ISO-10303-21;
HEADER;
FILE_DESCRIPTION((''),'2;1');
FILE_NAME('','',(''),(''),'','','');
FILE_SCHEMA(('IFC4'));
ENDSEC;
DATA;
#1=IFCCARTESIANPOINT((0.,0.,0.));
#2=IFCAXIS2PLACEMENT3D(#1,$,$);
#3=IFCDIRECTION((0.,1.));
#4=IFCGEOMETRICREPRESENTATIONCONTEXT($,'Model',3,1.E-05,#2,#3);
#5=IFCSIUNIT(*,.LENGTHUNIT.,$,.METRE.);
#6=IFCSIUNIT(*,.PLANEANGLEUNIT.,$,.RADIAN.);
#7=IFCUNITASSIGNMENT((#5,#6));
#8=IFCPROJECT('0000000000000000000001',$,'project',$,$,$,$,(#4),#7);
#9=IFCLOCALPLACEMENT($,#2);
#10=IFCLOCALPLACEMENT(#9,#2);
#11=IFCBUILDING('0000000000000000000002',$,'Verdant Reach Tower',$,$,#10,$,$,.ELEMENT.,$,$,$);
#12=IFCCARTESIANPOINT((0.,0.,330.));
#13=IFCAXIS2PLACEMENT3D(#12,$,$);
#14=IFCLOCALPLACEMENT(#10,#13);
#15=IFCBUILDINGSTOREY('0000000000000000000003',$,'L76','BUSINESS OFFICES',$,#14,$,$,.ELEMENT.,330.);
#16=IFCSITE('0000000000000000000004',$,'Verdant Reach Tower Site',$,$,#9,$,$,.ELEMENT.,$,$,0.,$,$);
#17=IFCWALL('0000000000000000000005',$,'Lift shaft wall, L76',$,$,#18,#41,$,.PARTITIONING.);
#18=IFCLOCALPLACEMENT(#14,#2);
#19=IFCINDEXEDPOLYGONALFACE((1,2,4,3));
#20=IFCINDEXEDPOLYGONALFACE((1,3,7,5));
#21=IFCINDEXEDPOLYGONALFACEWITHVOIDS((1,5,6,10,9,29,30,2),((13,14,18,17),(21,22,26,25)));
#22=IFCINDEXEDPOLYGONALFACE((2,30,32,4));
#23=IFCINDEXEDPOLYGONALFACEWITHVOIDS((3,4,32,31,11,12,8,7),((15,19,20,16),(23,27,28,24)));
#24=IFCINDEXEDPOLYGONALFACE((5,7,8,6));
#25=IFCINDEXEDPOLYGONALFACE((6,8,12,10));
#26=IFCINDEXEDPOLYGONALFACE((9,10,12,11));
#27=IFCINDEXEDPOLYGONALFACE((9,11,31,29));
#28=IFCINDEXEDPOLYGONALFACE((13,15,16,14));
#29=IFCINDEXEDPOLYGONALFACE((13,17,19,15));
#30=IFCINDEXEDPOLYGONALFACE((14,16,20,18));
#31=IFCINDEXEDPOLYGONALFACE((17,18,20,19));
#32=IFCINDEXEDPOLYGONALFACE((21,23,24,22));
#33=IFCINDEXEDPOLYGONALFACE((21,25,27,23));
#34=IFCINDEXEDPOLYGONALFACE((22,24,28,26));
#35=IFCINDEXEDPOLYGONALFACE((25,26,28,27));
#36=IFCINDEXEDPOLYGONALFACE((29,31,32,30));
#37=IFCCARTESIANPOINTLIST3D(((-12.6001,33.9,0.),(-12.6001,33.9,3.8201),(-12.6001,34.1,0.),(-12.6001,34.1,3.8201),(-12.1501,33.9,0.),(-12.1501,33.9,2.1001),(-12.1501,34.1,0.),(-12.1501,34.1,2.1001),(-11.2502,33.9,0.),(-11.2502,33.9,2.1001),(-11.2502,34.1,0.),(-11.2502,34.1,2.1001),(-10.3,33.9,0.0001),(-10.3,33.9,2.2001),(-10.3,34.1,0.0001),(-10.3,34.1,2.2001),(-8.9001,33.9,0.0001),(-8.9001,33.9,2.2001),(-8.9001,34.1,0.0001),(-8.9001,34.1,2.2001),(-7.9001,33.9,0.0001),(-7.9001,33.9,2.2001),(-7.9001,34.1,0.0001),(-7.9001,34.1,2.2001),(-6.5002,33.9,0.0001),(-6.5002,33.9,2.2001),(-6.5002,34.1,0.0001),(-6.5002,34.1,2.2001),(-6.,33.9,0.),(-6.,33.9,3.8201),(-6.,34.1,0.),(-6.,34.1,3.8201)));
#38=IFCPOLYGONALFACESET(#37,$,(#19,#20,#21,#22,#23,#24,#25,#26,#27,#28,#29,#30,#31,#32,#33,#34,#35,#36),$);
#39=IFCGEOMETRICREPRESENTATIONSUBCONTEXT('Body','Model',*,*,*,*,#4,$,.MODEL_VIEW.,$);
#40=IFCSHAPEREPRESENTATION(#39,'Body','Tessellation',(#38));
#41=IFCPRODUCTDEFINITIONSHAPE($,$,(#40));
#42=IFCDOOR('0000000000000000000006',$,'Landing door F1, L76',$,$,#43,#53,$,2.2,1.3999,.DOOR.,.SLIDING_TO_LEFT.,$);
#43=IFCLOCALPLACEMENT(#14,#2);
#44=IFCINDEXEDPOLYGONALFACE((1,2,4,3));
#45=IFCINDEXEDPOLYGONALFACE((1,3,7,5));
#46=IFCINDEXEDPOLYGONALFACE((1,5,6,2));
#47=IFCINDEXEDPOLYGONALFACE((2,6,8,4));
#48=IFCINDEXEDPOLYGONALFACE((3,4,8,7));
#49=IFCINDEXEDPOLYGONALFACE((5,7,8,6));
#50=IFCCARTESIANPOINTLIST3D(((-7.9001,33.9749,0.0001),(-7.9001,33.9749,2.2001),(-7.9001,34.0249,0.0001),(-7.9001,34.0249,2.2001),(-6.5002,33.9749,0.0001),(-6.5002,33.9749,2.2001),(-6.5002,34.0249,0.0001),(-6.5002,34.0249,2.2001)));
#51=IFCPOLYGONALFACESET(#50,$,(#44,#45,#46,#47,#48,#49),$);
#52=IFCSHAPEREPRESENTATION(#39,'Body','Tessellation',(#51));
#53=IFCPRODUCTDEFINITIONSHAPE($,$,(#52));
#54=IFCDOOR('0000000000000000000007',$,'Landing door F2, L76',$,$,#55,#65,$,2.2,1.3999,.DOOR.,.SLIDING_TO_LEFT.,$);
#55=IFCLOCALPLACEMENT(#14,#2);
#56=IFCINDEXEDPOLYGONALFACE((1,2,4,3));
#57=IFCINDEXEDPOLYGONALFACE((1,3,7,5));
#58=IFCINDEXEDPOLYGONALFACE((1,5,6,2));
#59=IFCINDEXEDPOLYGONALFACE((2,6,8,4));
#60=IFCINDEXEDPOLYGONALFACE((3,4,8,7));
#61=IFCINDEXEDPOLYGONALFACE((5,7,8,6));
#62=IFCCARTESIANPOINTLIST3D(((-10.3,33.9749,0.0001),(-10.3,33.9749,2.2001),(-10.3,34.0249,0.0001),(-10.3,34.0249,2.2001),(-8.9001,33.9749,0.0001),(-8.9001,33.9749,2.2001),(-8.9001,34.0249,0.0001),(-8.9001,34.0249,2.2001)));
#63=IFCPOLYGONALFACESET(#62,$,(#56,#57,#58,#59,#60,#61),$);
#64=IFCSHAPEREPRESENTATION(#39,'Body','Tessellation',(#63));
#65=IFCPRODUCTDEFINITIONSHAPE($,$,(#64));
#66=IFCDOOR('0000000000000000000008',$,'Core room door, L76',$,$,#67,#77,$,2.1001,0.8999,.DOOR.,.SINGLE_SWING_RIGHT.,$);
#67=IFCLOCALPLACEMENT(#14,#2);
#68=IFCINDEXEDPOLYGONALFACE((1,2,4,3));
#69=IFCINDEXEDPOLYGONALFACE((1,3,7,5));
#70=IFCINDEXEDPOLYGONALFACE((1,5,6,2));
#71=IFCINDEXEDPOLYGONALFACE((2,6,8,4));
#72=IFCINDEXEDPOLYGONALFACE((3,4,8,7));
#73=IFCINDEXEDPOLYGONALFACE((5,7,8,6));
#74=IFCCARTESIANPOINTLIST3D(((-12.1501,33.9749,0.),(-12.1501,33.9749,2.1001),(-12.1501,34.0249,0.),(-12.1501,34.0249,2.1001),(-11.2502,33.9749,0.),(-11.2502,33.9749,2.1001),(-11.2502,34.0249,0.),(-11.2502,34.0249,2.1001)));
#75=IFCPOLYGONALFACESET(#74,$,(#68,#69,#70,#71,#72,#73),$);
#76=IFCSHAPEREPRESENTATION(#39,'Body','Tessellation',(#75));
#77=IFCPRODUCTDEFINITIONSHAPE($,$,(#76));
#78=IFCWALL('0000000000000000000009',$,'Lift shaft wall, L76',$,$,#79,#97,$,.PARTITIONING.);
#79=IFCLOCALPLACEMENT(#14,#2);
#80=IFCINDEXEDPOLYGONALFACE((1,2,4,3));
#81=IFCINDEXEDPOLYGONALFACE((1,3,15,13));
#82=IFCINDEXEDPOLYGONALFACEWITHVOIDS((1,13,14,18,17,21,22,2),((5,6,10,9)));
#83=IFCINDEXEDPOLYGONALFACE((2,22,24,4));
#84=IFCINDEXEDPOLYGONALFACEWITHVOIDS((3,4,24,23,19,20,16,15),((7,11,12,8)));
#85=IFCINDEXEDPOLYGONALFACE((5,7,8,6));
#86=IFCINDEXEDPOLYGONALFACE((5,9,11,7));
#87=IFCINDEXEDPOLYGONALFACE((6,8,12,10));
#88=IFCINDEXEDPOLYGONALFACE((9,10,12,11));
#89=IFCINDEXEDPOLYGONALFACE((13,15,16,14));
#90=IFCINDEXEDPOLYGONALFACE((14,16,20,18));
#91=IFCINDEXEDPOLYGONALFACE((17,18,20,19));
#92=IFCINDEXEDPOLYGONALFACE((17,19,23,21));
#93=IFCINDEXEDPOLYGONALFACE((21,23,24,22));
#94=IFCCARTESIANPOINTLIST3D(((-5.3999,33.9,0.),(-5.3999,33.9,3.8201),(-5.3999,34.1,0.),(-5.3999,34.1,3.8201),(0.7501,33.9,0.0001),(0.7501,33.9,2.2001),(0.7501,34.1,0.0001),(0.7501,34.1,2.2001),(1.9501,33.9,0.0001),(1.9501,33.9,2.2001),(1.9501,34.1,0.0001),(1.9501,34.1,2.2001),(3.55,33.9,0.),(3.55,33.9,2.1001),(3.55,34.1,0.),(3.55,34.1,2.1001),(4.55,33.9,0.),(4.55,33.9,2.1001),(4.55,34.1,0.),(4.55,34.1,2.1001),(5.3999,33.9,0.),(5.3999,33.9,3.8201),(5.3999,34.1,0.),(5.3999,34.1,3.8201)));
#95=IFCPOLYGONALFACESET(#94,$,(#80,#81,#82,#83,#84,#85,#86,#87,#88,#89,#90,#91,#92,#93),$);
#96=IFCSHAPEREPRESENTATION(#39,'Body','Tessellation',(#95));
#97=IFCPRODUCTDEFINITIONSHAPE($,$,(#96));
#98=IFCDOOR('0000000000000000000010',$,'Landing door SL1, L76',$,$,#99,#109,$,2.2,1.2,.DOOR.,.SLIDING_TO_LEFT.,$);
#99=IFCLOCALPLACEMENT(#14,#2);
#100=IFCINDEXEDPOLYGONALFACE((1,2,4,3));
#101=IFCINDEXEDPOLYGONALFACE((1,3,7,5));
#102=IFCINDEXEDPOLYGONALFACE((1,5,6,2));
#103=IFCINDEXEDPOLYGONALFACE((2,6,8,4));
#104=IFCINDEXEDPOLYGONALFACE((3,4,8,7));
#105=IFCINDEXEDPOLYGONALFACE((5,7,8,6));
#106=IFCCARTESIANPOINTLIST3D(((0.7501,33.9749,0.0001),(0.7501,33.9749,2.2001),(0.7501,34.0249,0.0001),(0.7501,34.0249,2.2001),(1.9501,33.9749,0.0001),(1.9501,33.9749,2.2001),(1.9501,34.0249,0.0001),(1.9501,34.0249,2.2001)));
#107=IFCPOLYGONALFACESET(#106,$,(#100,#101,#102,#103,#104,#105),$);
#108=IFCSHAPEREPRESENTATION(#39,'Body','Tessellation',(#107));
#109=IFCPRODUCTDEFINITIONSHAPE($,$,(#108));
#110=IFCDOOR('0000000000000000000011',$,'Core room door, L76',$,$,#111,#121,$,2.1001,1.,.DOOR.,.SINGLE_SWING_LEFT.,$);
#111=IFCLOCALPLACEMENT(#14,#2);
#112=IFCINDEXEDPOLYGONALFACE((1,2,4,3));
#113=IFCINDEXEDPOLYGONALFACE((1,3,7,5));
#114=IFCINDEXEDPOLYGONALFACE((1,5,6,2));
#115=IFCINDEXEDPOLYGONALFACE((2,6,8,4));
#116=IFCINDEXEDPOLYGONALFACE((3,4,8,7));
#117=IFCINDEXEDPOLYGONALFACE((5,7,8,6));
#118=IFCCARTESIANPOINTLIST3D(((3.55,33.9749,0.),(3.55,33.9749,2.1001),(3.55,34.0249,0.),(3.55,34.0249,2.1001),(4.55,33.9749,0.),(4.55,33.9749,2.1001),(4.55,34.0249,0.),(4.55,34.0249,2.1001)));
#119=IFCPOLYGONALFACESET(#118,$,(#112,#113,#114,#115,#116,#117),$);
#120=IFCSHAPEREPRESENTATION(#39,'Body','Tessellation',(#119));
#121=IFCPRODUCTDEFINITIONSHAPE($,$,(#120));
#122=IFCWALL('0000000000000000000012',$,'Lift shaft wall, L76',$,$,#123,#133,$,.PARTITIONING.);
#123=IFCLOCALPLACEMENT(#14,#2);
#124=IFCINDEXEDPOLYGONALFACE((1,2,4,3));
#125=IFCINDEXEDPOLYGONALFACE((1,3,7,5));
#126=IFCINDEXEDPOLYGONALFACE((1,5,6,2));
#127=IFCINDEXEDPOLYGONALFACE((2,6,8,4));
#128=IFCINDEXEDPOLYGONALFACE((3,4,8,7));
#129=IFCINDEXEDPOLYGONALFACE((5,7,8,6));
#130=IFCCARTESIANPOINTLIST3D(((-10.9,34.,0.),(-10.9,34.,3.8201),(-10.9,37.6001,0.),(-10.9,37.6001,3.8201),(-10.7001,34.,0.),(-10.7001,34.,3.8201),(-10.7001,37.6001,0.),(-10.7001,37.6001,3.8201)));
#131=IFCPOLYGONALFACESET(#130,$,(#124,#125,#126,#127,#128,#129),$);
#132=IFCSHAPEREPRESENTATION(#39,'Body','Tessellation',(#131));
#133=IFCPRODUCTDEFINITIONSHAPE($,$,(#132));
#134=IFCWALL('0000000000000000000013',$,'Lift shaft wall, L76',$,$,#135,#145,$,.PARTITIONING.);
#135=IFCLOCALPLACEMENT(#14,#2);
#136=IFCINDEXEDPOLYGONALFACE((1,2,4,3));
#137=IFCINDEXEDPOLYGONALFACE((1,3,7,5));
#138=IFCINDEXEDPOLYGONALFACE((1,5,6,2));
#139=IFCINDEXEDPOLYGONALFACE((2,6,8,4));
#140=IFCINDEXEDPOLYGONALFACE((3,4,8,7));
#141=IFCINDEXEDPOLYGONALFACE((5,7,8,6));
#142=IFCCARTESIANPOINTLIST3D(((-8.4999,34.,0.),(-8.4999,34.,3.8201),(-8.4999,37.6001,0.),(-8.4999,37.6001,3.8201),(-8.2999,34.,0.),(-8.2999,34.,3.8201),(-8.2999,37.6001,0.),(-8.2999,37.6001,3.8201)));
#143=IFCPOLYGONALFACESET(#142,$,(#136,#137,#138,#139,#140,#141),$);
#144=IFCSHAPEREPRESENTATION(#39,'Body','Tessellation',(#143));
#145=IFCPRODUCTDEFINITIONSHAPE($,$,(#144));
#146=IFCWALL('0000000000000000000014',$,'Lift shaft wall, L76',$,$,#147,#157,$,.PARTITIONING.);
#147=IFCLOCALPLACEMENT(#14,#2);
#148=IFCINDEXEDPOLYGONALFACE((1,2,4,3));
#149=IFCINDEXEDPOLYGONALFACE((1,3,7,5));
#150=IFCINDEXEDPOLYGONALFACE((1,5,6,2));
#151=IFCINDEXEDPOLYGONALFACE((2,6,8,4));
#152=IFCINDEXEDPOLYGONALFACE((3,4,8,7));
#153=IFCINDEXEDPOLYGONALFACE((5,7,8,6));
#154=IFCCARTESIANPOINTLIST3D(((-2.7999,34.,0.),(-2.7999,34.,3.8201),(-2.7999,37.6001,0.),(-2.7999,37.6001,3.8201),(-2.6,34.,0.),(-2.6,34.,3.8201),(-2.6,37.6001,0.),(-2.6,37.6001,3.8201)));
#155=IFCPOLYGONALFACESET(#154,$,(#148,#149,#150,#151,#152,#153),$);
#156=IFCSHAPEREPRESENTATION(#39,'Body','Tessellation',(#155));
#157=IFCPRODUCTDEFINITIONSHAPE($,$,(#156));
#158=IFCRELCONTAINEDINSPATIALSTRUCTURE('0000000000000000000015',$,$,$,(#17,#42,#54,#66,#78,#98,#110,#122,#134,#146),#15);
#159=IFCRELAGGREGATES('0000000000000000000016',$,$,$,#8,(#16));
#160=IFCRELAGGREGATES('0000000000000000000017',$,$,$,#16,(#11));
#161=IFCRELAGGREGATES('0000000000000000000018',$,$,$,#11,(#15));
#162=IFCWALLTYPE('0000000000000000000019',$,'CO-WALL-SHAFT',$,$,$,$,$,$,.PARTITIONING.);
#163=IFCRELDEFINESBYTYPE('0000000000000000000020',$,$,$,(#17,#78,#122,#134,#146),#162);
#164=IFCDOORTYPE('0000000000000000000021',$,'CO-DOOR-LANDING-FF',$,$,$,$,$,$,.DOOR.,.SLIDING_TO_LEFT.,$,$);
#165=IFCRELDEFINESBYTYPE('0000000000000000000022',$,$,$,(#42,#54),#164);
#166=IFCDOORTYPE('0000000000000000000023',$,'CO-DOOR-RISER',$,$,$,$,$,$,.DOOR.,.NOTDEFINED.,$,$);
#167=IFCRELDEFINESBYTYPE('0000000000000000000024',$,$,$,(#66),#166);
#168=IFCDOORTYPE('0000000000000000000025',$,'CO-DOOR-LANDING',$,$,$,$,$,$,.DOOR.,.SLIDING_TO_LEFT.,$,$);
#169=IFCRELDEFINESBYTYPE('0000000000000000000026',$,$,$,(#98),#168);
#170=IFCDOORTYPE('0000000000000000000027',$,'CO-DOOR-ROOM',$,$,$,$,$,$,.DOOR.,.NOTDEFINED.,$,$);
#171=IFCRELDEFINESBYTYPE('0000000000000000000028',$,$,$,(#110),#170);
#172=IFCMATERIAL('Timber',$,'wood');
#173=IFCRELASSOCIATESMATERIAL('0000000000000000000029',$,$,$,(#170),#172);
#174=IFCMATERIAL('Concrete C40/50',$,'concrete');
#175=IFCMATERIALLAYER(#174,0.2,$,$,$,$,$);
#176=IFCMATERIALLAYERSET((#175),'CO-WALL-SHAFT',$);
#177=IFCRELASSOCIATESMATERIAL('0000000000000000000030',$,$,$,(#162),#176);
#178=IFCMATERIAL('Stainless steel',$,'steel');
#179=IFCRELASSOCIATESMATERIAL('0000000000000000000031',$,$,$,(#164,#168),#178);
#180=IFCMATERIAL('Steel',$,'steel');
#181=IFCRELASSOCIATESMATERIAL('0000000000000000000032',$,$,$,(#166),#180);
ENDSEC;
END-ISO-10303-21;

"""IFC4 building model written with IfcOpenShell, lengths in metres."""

from ifc_helpers import new_model, si_unit, direction, frame, frame_2d, origin, place, context, subcontext, project, spatial, rectangle, extrude, material, layer, layer_set, type_object, element, fill, save


model = new_model("IFC4")

# Units and contexts
model_context = context("Model", 3, precision=1e-05, world=origin(), true_north=direction((0.0, 1.0)))
body_context = subcontext(model_context, "Body", "Model", "MODEL_VIEW")
ifc_project = project(units=[si_unit("LENGTHUNIT", "METRE"), si_unit("PLANEANGLEUNIT", "RADIAN")], contexts=[model_context])

# Site, building, storey
site_placement = place(None, origin())
site = spatial("IfcSite", under=ifc_project, at=site_placement, Name="Verdant Reach Tower Site", CompositionType="ELEMENT", RefElevation=0.0)
building_placement = place(site_placement, origin())
building = spatial("IfcBuilding", under=site, at=building_placement, Name="Verdant Reach Tower", CompositionType="ELEMENT")
storey_placement = place(building_placement, frame((0.0, 0.0, 330.0)))
storey = spatial("IfcBuildingStorey", under=building, at=storey_placement, Name="L76", Description="BUSINESS OFFICES", CompositionType="ELEMENT", Elevation=330.0)

# Walls, openings, doors
ifc_material_1 = material(Name="Timber", Category="wood")
door_type_1 = type_object("IfcDoorType", Name="CO-DOOR-ROOM", OperationType="NOTDEFINED", PredefinedType="DOOR", material=ifc_material_1)
ifc_material_2 = material(Name="Concrete C40/50", Category="concrete")
ifc_layer_1 = layer(ifc_material_2, 0.2)
ifc_layer_set_1 = layer_set([ifc_layer_1], Name="CO-WALL-SHAFT")
wall_type_1 = type_object("IfcWallType", Name="CO-WALL-SHAFT", PredefinedType="PARTITIONING", material=ifc_layer_set_1)
wall_1_placement = place(storey_placement, frame((-12.6001, 34.0, 0.0), z_axis=(0.0, 0.0, 1.0), x_axis=(1.0, 0.0, 0.0)))
wall_1 = element("IfcWall", 1, at=wall_1_placement, inside=storey, type_object=wall_type_1, Name="Lift shaft wall, L76", PredefinedType="PARTITIONING", context=body_context, shape_type="SweptSolid", body=[
    extrude(rectangle(XDim=6.6001, YDim=0.2, at=frame_2d((3.3, 0.0))), origin(), (0.0, 0.0, 1.0), 3.8201),
])
opening_1_placement = place(wall_1_placement, frame((4.7, 0.0, 0.0)))
opening_1 = element("IfcOpeningElement", 2, at=opening_1_placement, cuts=wall_1, PredefinedType="OPENING", context=body_context, shape_type="SweptSolid", body=[
    extrude(rectangle(XDim=1.3999, YDim=2.2, at=frame_2d((0.7, 1.1001))), frame((0.0, 0.1099, 0.0), z_axis=(0.0, -1.0, 0.0), x_axis=(1.0, 0.0, 0.0)), (0.0, 0.0, 1.0), 0.22),
])
opening_2_placement = place(wall_1_placement, frame((2.3, 0.0, 0.0)))
opening_2 = element("IfcOpeningElement", 3, at=opening_2_placement, cuts=wall_1, PredefinedType="OPENING", context=body_context, shape_type="SweptSolid", body=[
    extrude(rectangle(XDim=1.3999, YDim=2.2, at=frame_2d((0.7, 1.1001))), frame((0.0, 0.1099, 0.0), z_axis=(0.0, -1.0, 0.0), x_axis=(1.0, 0.0, 0.0)), (0.0, 0.0, 1.0), 0.22),
])
opening_3_placement = place(wall_1_placement, frame((0.45, 0.0, 0.0)))
opening_3 = element("IfcOpeningElement", 4, at=opening_3_placement, cuts=wall_1, PredefinedType="OPENING", context=body_context, shape_type="SweptSolid", body=[
    extrude(rectangle(XDim=0.8999, YDim=2.1001, at=frame_2d((0.45, 1.05))), frame((0.0, 0.1099, 0.0), z_axis=(0.0, -1.0, 0.0), x_axis=(1.0, 0.0, 0.0)), (0.0, 0.0, 1.0), 0.22),
])
ifc_material_3 = material(Name="Stainless steel", Category="steel")
door_type_2 = type_object("IfcDoorType", Name="CO-DOOR-LANDING-FF", OperationType="SLIDING_TO_LEFT", PredefinedType="DOOR", material=ifc_material_3)
door_1_placement = place(opening_1_placement, origin())
door_1 = element("IfcDoor", 5, at=door_1_placement, inside=storey, type_object=door_type_2, Name="Landing door F1, L76", OperationType="SLIDING_TO_LEFT", OverallHeight=2.2, OverallWidth=1.3999, PredefinedType="DOOR", context=body_context, shape_type="SweptSolid", body=[
    extrude(rectangle(XDim=1.3999, YDim=2.2, at=frame_2d((0.7, 1.1001))), frame((0.0, 0.0249, 0.0), z_axis=(0.0, -1.0, 0.0), x_axis=(1.0, 0.0, 0.0)), (0.0, 0.0, 1.0), 0.05),
])
fill(opening_1, door_1)
door_2_placement = place(opening_2_placement, origin())
door_2 = element("IfcDoor", 6, at=door_2_placement, inside=storey, type_object=door_type_2, Name="Landing door F2, L76", OperationType="SLIDING_TO_LEFT", OverallHeight=2.2, OverallWidth=1.3999, PredefinedType="DOOR", context=body_context, shape_type="SweptSolid", body=[
    extrude(rectangle(XDim=1.3999, YDim=2.2, at=frame_2d((0.7, 1.1001))), frame((0.0, 0.0249, 0.0), z_axis=(0.0, -1.0, 0.0), x_axis=(1.0, 0.0, 0.0)), (0.0, 0.0, 1.0), 0.05),
])
fill(opening_2, door_2)
ifc_material_4 = material(Name="Steel", Category="steel")
door_type_3 = type_object("IfcDoorType", Name="CO-DOOR-RISER", OperationType="NOTDEFINED", PredefinedType="DOOR", material=ifc_material_4)
door_3_placement = place(opening_3_placement, origin())
door_3 = element("IfcDoor", 7, at=door_3_placement, inside=storey, type_object=door_type_3, Name="Core room door, L76", OperationType="SINGLE_SWING_RIGHT", OverallHeight=2.1001, OverallWidth=0.8999, PredefinedType="DOOR", context=body_context, shape_type="SweptSolid", body=[
    extrude(rectangle(XDim=0.8999, YDim=2.1001, at=frame_2d((0.45, 1.05))), frame((0.0, 0.0249, 0.0), z_axis=(0.0, -1.0, 0.0), x_axis=(1.0, 0.0, 0.0)), (0.0, 0.0, 1.0), 0.05),
])
fill(opening_3, door_3)
wall_2_placement = place(storey_placement, frame((-5.3999, 34.0, 0.0), z_axis=(0.0, 0.0, 1.0), x_axis=(1.0, 0.0, 0.0)))
wall_2 = element("IfcWall", 8, at=wall_2_placement, inside=storey, type_object=wall_type_1, Name="Lift shaft wall, L76", PredefinedType="PARTITIONING", context=body_context, shape_type="SweptSolid", body=[
    extrude(rectangle(XDim=10.7998, YDim=0.2, at=frame_2d((5.3999, 0.0))), origin(), (0.0, 0.0, 1.0), 3.8201),
])
opening_4_placement = place(wall_2_placement, frame((6.1499, 0.0, 0.0)))
opening_4 = element("IfcOpeningElement", 9, at=opening_4_placement, cuts=wall_2, PredefinedType="OPENING", context=body_context, shape_type="SweptSolid", body=[
    extrude(rectangle(XDim=1.2, YDim=2.2, at=frame_2d((0.6001, 1.1001))), frame((0.0, 0.1099, 0.0), z_axis=(0.0, -1.0, 0.0), x_axis=(1.0, 0.0, 0.0)), (0.0, 0.0, 1.0), 0.22),
])
opening_5_placement = place(wall_2_placement, frame((8.95, 0.0, 0.0)))
opening_5 = element("IfcOpeningElement", 10, at=opening_5_placement, cuts=wall_2, PredefinedType="OPENING", context=body_context, shape_type="SweptSolid", body=[
    extrude(rectangle(XDim=1.0, YDim=2.1001, at=frame_2d((0.5, 1.05))), frame((0.0, 0.1099, 0.0), z_axis=(0.0, -1.0, 0.0), x_axis=(1.0, 0.0, 0.0)), (0.0, 0.0, 1.0), 0.22),
])
door_type_4 = type_object("IfcDoorType", Name="CO-DOOR-LANDING", OperationType="SLIDING_TO_LEFT", PredefinedType="DOOR", material=ifc_material_3)
door_4_placement = place(opening_4_placement, origin())
door_4 = element("IfcDoor", 11, at=door_4_placement, inside=storey, type_object=door_type_4, Name="Landing door SL1, L76", OperationType="SLIDING_TO_LEFT", OverallHeight=2.2, OverallWidth=1.2, PredefinedType="DOOR", context=body_context, shape_type="SweptSolid", body=[
    extrude(rectangle(XDim=1.2, YDim=2.2, at=frame_2d((0.6001, 1.1001))), frame((0.0, 0.0249, 0.0), z_axis=(0.0, -1.0, 0.0), x_axis=(1.0, 0.0, 0.0)), (0.0, 0.0, 1.0), 0.05),
])
fill(opening_4, door_4)
door_5_placement = place(opening_5_placement, origin())
door_5 = element("IfcDoor", 12, at=door_5_placement, inside=storey, type_object=door_type_1, Name="Core room door, L76", OperationType="SINGLE_SWING_LEFT", OverallHeight=2.1001, OverallWidth=1.0, PredefinedType="DOOR", context=body_context, shape_type="SweptSolid", body=[
    extrude(rectangle(XDim=1.0, YDim=2.1001, at=frame_2d((0.5, 1.05))), frame((0.0, 0.0249, 0.0), z_axis=(0.0, -1.0, 0.0), x_axis=(1.0, 0.0, 0.0)), (0.0, 0.0, 1.0), 0.05),
])
fill(opening_5, door_5)

# Walls
for number, where, z_axis, x_axis, name in (
    (13, (-10.8, 34.0, 0.0), (0.0, 0.0, 1.0), (0.0, 1.0, 0.0), "Lift shaft wall, L76"),
    (14, (-8.3999, 34.0, 0.0), (0.0, 0.0, 1.0), (0.0, 1.0, 0.0), "Lift shaft wall, L76"),
    (15, (-2.7, 34.0, 0.0), (0.0, 0.0, 1.0), (0.0, 1.0, 0.0), "Lift shaft wall, L76"),
):
    element("IfcWall", number, at=place(storey_placement, frame(where, z_axis=z_axis, x_axis=x_axis)), inside=storey, type_object=wall_type_1, Name=name, PredefinedType="PARTITIONING", context=body_context, shape_type="SweptSolid", body=[
        extrude(rectangle(XDim=3.6001, YDim=0.2, at=frame_2d((1.8, 0.0))), origin(), (0.0, 0.0, 1.0), 3.8201),
    ])

save(model, "model.ifc")
